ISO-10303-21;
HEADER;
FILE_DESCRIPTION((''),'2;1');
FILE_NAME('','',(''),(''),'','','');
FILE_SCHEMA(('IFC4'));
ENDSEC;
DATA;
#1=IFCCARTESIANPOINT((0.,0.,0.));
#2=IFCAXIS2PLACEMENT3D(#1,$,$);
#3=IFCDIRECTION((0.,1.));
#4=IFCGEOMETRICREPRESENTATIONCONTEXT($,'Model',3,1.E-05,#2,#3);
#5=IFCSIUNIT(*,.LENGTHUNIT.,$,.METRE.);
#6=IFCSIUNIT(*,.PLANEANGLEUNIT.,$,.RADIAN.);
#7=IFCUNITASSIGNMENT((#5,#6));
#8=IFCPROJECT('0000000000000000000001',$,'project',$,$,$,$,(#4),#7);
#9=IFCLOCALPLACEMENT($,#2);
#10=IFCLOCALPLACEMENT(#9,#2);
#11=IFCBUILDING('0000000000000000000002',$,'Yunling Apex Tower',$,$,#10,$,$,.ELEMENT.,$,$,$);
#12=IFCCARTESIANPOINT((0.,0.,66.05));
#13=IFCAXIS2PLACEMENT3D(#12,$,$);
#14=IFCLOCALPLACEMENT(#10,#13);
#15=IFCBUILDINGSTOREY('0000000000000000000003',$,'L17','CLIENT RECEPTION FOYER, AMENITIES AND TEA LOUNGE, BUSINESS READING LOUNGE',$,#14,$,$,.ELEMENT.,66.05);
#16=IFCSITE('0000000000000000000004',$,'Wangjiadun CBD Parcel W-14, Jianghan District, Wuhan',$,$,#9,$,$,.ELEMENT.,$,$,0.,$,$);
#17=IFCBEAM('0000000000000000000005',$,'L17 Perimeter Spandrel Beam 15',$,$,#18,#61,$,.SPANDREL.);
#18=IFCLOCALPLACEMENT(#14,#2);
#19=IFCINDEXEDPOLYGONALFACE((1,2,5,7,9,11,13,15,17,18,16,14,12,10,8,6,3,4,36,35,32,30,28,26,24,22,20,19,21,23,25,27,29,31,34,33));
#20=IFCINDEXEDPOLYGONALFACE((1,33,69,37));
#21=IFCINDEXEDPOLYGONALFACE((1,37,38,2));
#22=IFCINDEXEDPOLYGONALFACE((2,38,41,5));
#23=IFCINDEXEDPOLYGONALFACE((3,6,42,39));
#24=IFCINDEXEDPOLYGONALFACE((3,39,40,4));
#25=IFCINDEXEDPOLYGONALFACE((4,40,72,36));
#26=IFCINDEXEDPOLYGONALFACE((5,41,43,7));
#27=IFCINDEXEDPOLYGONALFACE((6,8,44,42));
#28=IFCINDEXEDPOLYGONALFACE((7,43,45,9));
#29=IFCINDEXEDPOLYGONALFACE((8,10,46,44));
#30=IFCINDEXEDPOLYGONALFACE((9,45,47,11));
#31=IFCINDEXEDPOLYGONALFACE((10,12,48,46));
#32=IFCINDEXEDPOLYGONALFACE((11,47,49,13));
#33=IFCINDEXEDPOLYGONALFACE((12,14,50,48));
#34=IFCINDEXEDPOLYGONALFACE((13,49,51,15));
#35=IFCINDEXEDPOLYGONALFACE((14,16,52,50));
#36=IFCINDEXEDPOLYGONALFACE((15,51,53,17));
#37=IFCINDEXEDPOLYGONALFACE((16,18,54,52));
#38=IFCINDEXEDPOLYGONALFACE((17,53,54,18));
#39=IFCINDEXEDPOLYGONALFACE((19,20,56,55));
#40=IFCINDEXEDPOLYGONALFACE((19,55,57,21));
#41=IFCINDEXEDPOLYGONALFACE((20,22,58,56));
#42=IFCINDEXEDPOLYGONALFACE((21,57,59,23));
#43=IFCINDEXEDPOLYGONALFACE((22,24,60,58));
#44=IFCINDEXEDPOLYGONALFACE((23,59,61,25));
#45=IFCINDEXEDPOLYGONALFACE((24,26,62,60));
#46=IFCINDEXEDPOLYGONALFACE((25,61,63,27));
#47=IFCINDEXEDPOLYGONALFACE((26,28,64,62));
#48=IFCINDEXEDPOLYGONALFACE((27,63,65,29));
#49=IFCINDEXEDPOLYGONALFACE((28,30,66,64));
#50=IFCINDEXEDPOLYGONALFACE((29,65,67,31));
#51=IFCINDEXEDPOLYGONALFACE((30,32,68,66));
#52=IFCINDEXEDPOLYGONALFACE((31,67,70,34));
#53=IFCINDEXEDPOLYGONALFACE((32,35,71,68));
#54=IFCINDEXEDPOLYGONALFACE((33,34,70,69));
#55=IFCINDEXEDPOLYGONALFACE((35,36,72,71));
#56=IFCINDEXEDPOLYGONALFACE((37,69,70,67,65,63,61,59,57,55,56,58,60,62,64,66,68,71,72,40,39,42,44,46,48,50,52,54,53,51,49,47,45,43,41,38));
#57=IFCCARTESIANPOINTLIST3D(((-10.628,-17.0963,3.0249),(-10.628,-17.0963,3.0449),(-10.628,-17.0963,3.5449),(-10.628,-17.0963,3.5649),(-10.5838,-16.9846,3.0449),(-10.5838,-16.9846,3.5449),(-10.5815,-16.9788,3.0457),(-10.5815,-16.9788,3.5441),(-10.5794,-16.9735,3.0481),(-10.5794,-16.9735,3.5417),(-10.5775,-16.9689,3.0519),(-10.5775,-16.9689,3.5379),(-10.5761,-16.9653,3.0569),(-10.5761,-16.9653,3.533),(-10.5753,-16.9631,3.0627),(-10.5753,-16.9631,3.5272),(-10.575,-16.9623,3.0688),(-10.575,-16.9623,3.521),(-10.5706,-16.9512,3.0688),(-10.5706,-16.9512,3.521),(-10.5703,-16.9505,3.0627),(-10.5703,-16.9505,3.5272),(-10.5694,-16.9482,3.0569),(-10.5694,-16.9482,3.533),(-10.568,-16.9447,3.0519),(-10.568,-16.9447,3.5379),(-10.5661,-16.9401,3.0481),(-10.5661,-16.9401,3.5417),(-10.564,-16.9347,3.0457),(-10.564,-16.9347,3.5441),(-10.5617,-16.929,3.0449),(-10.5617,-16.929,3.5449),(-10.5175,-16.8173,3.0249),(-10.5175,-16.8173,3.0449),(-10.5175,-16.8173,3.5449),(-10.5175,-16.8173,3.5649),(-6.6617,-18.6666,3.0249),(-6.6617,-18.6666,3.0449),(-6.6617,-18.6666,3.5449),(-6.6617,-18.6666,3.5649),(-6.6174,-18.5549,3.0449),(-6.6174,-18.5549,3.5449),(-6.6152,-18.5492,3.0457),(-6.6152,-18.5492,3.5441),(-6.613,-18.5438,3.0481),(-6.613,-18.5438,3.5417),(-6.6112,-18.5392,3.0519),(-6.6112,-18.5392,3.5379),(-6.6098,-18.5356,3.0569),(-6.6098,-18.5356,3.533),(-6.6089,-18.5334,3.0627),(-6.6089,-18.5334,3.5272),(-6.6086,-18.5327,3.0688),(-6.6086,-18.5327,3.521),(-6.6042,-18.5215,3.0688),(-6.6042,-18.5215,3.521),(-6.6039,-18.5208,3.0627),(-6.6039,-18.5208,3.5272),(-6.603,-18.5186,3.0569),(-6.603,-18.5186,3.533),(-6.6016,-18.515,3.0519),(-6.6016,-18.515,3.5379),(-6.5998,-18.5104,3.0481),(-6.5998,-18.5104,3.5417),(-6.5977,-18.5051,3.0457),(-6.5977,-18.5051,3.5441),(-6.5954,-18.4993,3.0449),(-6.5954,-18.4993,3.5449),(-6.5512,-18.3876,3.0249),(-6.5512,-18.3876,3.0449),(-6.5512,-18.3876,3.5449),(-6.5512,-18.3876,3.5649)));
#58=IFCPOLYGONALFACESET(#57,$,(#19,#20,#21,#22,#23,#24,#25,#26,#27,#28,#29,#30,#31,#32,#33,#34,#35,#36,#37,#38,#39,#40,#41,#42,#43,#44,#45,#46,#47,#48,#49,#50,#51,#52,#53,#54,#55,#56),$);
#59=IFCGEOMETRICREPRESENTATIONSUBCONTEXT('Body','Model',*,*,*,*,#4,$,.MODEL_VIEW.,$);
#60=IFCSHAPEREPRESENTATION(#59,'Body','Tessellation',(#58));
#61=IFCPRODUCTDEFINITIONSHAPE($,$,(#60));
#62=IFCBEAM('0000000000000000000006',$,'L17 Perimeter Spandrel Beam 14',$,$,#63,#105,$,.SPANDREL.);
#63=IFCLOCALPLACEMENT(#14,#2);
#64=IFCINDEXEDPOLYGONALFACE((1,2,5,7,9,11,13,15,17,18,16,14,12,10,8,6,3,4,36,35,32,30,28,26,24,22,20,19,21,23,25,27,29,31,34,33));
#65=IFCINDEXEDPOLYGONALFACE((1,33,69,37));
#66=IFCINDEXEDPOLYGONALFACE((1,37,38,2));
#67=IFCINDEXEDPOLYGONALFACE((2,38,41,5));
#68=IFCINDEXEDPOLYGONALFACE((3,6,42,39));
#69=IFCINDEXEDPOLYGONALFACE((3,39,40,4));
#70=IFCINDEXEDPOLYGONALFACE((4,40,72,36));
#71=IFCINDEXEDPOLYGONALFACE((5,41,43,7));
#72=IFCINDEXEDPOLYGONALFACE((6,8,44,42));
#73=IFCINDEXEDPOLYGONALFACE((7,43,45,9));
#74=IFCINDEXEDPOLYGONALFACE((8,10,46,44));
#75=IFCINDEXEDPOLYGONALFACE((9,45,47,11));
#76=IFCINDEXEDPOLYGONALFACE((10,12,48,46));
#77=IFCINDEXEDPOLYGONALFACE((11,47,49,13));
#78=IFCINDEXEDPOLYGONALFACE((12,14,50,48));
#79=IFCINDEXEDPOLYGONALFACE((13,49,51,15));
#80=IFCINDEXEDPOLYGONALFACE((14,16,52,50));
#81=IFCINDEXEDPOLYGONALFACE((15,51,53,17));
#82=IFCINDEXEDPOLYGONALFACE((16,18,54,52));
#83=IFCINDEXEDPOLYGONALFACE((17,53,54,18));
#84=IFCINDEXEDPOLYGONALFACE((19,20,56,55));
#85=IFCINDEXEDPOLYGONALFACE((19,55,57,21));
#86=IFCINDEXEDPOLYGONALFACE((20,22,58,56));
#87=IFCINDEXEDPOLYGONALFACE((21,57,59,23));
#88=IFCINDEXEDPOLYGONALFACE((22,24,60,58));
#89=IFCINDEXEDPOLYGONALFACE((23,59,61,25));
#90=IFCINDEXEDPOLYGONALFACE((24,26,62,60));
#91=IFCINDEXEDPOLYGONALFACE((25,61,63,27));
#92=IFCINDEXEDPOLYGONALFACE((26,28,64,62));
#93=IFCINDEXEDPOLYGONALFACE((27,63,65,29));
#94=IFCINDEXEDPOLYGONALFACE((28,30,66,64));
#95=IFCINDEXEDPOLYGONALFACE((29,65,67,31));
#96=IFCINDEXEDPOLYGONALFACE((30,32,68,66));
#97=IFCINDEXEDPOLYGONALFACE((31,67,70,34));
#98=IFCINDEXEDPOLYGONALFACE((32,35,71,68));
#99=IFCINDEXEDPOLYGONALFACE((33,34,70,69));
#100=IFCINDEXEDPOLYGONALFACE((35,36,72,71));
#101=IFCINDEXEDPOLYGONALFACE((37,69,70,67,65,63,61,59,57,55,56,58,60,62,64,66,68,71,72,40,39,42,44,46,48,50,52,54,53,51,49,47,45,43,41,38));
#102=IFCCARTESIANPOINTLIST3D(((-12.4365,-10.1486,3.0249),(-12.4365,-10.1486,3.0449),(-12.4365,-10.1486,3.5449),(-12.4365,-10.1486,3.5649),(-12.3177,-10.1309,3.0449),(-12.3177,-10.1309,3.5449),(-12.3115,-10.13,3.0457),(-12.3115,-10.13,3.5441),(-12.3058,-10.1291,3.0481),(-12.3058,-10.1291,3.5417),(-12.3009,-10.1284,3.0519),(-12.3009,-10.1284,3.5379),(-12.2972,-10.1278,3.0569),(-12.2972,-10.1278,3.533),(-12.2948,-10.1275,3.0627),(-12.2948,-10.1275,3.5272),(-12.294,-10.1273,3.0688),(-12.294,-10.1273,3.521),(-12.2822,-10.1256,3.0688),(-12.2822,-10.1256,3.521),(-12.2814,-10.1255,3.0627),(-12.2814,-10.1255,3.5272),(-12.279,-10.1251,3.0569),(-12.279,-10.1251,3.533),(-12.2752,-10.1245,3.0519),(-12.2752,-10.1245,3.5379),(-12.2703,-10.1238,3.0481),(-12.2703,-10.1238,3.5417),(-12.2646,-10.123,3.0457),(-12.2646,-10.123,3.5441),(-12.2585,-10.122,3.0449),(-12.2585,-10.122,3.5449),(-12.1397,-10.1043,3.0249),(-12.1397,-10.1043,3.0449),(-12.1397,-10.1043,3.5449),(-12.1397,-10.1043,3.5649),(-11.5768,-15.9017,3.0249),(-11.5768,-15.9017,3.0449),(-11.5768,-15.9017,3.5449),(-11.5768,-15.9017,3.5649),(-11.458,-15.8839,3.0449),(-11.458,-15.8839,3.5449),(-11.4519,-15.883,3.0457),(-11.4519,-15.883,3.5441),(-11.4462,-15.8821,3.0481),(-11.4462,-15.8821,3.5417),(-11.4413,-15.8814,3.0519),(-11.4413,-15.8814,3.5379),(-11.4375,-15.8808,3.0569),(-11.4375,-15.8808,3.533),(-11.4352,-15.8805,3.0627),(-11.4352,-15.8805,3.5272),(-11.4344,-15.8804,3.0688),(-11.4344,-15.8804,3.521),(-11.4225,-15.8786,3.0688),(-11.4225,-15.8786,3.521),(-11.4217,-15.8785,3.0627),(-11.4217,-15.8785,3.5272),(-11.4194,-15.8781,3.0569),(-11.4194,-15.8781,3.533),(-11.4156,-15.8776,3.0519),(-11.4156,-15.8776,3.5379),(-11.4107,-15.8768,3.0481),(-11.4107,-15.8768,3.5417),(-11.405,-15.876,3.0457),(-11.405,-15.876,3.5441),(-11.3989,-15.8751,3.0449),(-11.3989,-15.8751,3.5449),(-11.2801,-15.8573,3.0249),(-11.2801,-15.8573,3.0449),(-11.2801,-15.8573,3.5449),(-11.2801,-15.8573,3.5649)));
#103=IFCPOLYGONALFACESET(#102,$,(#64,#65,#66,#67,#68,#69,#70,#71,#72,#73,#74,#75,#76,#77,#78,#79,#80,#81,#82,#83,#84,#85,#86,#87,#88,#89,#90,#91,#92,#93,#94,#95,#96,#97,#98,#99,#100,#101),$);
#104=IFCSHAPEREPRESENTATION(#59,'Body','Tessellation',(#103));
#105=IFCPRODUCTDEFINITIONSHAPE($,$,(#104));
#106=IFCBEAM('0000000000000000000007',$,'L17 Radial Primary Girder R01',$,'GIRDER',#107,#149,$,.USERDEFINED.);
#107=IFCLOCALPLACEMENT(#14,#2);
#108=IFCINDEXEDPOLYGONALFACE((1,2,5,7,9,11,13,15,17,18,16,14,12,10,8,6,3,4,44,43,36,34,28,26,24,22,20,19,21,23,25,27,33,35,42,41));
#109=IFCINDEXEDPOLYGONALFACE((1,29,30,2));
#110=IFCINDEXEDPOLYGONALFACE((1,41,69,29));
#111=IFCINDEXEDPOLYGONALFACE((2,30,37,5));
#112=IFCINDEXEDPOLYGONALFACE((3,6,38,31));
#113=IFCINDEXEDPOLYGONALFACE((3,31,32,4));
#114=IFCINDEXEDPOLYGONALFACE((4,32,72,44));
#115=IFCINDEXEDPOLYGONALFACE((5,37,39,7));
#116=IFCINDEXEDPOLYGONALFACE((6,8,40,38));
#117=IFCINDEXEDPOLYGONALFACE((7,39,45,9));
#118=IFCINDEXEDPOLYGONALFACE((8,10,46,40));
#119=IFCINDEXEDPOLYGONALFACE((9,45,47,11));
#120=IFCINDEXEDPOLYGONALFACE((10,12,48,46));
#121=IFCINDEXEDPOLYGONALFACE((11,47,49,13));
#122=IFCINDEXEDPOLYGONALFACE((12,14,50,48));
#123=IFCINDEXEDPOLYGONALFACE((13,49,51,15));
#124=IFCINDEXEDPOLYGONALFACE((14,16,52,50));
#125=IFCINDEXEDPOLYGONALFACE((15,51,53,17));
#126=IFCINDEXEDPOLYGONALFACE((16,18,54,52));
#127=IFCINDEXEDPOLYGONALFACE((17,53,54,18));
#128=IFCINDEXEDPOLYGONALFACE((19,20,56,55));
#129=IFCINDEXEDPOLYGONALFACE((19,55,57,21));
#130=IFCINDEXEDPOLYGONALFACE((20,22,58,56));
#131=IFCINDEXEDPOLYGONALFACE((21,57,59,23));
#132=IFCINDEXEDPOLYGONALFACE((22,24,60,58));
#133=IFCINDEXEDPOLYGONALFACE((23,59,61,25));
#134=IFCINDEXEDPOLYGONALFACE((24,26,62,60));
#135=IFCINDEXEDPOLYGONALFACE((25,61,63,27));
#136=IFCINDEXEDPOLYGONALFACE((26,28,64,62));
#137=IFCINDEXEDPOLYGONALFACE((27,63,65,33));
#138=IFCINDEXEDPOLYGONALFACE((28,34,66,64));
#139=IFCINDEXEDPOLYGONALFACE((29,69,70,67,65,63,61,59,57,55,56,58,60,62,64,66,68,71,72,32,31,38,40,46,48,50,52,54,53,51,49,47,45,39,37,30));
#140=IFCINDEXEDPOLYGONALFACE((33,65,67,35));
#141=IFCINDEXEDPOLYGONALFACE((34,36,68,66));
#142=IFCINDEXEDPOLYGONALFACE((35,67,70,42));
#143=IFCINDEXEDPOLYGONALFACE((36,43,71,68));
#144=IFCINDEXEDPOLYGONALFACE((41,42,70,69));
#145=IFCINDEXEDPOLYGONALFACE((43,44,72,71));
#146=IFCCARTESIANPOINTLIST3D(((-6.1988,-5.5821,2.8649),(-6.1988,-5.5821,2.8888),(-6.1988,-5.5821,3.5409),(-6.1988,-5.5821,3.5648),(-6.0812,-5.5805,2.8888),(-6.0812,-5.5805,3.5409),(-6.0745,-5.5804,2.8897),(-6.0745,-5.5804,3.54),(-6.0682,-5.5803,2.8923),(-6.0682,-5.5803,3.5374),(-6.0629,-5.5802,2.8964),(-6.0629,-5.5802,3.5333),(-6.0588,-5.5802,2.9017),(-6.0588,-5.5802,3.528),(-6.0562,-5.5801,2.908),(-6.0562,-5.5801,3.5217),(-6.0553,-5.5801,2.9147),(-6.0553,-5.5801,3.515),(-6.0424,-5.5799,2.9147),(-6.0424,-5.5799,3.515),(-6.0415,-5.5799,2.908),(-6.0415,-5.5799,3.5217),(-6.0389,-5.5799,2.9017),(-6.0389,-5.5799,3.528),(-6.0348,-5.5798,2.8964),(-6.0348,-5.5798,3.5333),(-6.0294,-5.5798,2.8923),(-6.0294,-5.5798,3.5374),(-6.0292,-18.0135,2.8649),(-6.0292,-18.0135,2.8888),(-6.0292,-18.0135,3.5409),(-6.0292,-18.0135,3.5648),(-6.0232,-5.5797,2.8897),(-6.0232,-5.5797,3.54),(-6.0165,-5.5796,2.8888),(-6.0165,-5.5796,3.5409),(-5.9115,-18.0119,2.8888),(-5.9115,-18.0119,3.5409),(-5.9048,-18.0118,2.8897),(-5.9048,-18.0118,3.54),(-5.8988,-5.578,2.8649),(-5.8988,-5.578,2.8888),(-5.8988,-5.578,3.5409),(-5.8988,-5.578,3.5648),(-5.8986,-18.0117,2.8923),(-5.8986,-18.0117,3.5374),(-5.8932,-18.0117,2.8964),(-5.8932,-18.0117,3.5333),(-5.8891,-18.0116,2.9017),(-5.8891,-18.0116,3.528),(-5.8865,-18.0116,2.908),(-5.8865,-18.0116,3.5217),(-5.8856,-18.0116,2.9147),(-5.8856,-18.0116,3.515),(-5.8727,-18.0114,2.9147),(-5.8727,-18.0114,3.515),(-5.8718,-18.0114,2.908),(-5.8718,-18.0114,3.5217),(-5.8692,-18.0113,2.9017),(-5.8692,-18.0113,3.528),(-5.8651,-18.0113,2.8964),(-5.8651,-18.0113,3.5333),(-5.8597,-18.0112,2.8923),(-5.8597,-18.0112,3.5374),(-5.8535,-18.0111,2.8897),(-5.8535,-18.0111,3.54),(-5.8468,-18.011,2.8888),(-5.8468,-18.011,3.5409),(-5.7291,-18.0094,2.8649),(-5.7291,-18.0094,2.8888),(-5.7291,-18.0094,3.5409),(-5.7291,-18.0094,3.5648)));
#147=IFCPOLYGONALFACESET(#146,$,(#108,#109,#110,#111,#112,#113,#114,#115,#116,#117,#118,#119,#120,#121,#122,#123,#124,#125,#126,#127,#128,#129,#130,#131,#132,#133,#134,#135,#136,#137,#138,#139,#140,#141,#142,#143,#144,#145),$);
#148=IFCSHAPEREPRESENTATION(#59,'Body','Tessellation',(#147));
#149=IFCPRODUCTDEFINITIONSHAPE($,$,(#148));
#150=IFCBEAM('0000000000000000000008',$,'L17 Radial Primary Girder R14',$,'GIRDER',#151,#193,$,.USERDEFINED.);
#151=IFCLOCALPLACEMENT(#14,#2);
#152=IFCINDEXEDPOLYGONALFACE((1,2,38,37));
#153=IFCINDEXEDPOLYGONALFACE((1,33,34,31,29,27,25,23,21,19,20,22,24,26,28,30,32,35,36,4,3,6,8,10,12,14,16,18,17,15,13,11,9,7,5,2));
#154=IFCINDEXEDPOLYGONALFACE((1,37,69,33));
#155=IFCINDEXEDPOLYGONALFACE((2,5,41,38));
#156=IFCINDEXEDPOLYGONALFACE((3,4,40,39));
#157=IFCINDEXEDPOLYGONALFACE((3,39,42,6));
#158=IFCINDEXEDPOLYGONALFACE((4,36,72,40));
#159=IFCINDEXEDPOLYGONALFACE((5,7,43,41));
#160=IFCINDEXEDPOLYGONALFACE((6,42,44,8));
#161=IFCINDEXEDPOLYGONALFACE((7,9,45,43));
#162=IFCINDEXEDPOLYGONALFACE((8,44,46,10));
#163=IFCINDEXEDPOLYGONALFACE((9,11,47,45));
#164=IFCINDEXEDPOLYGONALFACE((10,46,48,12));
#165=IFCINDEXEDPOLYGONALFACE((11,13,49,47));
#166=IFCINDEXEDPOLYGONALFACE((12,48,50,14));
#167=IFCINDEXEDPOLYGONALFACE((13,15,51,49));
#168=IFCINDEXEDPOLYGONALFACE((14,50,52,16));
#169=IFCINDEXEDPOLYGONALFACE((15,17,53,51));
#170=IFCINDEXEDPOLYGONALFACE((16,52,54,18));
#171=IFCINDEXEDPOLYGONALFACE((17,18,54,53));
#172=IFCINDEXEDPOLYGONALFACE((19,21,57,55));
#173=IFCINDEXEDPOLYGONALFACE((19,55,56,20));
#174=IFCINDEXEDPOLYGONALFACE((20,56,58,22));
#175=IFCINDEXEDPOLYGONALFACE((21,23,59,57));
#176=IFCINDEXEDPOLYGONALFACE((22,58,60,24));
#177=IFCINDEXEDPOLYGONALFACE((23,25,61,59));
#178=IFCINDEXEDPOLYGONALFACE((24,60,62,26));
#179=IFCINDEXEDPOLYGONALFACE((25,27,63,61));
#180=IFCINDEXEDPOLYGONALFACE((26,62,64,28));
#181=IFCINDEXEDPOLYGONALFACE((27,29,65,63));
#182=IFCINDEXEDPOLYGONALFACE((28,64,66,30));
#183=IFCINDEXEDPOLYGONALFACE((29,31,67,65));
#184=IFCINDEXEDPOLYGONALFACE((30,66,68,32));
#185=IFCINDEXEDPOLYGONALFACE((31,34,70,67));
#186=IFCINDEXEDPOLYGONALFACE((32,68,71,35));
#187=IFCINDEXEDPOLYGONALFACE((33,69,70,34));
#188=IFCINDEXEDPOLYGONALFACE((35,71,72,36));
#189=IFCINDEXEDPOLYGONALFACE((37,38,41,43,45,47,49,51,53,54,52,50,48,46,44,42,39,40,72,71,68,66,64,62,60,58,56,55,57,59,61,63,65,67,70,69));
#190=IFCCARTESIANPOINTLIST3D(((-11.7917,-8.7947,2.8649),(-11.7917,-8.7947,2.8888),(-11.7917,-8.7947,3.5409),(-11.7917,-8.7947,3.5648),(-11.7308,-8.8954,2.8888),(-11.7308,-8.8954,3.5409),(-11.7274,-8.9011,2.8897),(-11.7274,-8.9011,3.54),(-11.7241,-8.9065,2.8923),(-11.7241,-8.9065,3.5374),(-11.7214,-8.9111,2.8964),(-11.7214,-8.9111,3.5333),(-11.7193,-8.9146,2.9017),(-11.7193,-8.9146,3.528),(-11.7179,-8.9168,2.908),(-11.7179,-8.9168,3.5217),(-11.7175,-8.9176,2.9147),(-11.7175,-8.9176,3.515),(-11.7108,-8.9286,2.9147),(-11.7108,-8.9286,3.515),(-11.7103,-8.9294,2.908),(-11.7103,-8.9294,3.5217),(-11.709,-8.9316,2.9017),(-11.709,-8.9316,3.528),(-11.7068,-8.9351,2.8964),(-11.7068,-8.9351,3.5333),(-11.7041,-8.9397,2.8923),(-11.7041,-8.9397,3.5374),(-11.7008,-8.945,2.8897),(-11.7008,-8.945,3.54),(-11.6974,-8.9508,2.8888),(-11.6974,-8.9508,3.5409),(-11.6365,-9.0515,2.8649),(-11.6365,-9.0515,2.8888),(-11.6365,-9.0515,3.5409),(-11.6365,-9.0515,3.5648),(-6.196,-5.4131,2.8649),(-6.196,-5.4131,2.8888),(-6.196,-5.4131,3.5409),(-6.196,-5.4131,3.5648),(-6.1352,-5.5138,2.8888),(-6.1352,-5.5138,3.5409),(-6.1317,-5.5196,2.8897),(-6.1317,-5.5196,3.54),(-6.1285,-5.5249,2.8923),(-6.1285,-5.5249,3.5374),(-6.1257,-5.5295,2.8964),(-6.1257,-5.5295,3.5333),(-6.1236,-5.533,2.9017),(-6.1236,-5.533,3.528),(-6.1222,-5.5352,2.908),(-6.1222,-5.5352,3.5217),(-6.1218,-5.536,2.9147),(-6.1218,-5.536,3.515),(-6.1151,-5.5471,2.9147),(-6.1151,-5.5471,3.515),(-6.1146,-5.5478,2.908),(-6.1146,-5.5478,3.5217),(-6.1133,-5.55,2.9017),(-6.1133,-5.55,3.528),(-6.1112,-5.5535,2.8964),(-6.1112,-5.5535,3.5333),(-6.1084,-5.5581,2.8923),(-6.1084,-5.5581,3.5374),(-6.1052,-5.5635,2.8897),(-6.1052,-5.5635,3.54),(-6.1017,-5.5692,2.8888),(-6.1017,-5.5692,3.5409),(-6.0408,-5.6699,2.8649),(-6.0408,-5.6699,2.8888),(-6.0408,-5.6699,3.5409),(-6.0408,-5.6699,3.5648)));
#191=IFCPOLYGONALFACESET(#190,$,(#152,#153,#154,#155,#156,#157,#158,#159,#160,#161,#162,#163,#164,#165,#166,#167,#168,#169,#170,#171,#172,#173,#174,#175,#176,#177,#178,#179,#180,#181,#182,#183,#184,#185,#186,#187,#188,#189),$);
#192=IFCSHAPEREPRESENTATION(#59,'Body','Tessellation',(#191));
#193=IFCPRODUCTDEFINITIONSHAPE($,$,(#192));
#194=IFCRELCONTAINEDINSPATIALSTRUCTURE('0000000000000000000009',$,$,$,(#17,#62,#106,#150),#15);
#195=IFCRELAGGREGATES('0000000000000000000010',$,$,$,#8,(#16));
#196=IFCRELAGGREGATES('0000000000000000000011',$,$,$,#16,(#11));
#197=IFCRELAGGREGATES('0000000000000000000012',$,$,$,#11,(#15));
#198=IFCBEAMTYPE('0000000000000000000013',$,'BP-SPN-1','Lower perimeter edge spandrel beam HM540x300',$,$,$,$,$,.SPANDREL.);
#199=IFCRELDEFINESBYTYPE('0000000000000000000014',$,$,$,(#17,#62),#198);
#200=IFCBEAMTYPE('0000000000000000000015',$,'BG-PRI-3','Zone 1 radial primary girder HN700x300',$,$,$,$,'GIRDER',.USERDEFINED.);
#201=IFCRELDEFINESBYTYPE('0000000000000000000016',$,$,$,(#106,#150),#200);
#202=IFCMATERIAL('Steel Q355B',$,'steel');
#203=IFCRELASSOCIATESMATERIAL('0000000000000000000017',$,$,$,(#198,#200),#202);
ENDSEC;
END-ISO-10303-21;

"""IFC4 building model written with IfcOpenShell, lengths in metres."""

from ifc_helpers import new_model, si_unit, direction, frame, origin, origin_2d, place, context, subcontext, project, spatial, i_section, extrude, source, transform, mapped, material, material_profile, profile_set, type_object, element, save


model = new_model("IFC4")

# Units and contexts
model_context = context("Model", 3, precision=1e-05, world=origin(), true_north=direction((0.0, 1.0)))
body_context = subcontext(model_context, "Body", "Model", "MODEL_VIEW")
ifc_project = project(units=[si_unit("LENGTHUNIT", "METRE"), si_unit("PLANEANGLEUNIT", "RADIAN")], contexts=[model_context])

# Site, building, storey
site_placement = place(None, origin())
site = spatial("IfcSite", under=ifc_project, at=site_placement, Name="Wangjiadun CBD Parcel W-14, Jianghan District, Wuhan", CompositionType="ELEMENT", RefElevation=0.0)
building_placement = place(site_placement, origin())
building = spatial("IfcBuilding", under=site, at=building_placement, Name="Yunling Apex Tower", CompositionType="ELEMENT")
storey_placement = place(building_placement, frame((0.0, 0.0, 66.05)))
storey = spatial("IfcBuildingStorey", under=building, at=storey_placement, Name="L17", Description="CLIENT RECEPTION FOYER, AMENITIES AND TEA LOUNGE, BUSINESS READING LOUNGE", CompositionType="ELEMENT", Elevation=66.05)

# Beams
ifc_material_1 = material(Name="Steel Q355B", Category="steel")
ifc_material_profile_1 = material_profile(ifc_material_1, i_section(OverallWidth=0.3, OverallDepth=0.54, WebThickness=0.012, FlangeThickness=0.02, FilletRadius=0.0239, at=origin_2d()))
ifc_profile_set_1 = profile_set([ifc_material_profile_1], Name="Steel Q355B")
beam_type_1 = type_object("IfcBeamType", Name="BP-SPN-1", Description="Lower perimeter edge spandrel beam HM540x300", PredefinedType="SPANDREL", material=ifc_profile_set_1)
shared_shape_1 = source(origin(), body_context, "Body", "SweptSolid", [
    extrude(i_section(OverallWidth=0.3, OverallDepth=0.54, WebThickness=0.012, FlangeThickness=0.02, FilletRadius=0.0239, at=origin_2d()), origin(), (0.0, 0.0, 1.0), 4.2659),
])
beam_1_placement = place(storey_placement, frame((-10.5728, -16.9568, 3.2949), z_axis=(0.929781, -0.368112, 0.0), x_axis=(0.368112, 0.929781, 0.0)))
element("IfcBeam", 1, at=beam_1_placement, inside=storey, type_object=beam_type_1, Name="L17 Perimeter Spandrel Beam 15", PredefinedType="SPANDREL", context=body_context, shape_type="MappedRepresentation", body=[
    mapped(shared_shape_1, transform((0.0, 0.0, 0.0), scale=1.0)),
])
shared_shape_2 = source(origin(), body_context, "Body", "SweptSolid", [
    extrude(i_section(OverallWidth=0.3, OverallDepth=0.54, WebThickness=0.012, FlangeThickness=0.02, FilletRadius=0.0239, at=origin_2d()), origin(), (0.0, 0.0, 1.0), 5.8169),
])
beam_2_placement = place(storey_placement, frame((-12.2881, -10.1265, 3.2949), z_axis=(0.147782, -0.98902, 0.0), x_axis=(0.98902, 0.147782, 0.0)))
element("IfcBeam", 2, at=beam_2_placement, inside=storey, type_object=beam_type_1, Name="L17 Perimeter Spandrel Beam 14", PredefinedType="SPANDREL", context=body_context, shape_type="MappedRepresentation", body=[
    mapped(shared_shape_2, transform((0.0, 0.0, 0.0), scale=1.0)),
])
ifc_material_profile_2 = material_profile(ifc_material_1, i_section(OverallWidth=0.3, OverallDepth=0.7, WebThickness=0.0129, FlangeThickness=0.0239, FilletRadius=0.0259, at=origin_2d()))
ifc_profile_set_2 = profile_set([ifc_material_profile_2], Name="Steel Q355B")
beam_type_2 = type_object("IfcBeamType", Name="BG-PRI-3", Description="Zone 1 radial primary girder HN700x300", ElementType="GIRDER", PredefinedType="USERDEFINED", material=ifc_profile_set_2)
shared_shape_3 = source(origin(), body_context, "Body", "SweptSolid", [
    extrude(i_section(OverallWidth=0.3, OverallDepth=0.7, WebThickness=0.0129, FlangeThickness=0.0239, FilletRadius=0.0259, at=origin_2d()), origin(), (0.0, 0.0, 1.0), 12.4326),
])
beam_3_placement = place(storey_placement, frame((-5.8792, -18.0115, 3.2148), z_axis=(-0.013648, 0.999907, 0.0), x_axis=(-0.999907, -0.013648, 0.0)))
element("IfcBeam", 3, at=beam_3_placement, inside=storey, type_object=beam_type_2, Name="L17 Radial Primary Girder R01", ObjectType="GIRDER", PredefinedType="USERDEFINED", context=body_context, shape_type="MappedRepresentation", body=[
    mapped(shared_shape_3, transform((0.0, 0.0, 0.0), scale=1.0)),
])
shared_shape_4 = source(origin(), body_context, "Body", "SweptSolid", [
    extrude(i_section(OverallWidth=0.3, OverallDepth=0.7, WebThickness=0.0129, FlangeThickness=0.0239, FilletRadius=0.0259, at=origin_2d()), origin(), (0.0, 0.0, 1.0), 6.5381),
])
beam_4_placement = place(storey_placement, frame((-11.7141, -8.9231, 3.2148), z_axis=(0.855858, 0.517211, 0.0), x_axis=(-0.517211, 0.855858, 0.0)))
element("IfcBeam", 4, at=beam_4_placement, inside=storey, type_object=beam_type_2, Name="L17 Radial Primary Girder R14", ObjectType="GIRDER", PredefinedType="USERDEFINED", context=body_context, shape_type="MappedRepresentation", body=[
    mapped(shared_shape_4, transform((0.0, 0.0, 0.0), scale=1.0)),
])

save(model, "model.ifc")
